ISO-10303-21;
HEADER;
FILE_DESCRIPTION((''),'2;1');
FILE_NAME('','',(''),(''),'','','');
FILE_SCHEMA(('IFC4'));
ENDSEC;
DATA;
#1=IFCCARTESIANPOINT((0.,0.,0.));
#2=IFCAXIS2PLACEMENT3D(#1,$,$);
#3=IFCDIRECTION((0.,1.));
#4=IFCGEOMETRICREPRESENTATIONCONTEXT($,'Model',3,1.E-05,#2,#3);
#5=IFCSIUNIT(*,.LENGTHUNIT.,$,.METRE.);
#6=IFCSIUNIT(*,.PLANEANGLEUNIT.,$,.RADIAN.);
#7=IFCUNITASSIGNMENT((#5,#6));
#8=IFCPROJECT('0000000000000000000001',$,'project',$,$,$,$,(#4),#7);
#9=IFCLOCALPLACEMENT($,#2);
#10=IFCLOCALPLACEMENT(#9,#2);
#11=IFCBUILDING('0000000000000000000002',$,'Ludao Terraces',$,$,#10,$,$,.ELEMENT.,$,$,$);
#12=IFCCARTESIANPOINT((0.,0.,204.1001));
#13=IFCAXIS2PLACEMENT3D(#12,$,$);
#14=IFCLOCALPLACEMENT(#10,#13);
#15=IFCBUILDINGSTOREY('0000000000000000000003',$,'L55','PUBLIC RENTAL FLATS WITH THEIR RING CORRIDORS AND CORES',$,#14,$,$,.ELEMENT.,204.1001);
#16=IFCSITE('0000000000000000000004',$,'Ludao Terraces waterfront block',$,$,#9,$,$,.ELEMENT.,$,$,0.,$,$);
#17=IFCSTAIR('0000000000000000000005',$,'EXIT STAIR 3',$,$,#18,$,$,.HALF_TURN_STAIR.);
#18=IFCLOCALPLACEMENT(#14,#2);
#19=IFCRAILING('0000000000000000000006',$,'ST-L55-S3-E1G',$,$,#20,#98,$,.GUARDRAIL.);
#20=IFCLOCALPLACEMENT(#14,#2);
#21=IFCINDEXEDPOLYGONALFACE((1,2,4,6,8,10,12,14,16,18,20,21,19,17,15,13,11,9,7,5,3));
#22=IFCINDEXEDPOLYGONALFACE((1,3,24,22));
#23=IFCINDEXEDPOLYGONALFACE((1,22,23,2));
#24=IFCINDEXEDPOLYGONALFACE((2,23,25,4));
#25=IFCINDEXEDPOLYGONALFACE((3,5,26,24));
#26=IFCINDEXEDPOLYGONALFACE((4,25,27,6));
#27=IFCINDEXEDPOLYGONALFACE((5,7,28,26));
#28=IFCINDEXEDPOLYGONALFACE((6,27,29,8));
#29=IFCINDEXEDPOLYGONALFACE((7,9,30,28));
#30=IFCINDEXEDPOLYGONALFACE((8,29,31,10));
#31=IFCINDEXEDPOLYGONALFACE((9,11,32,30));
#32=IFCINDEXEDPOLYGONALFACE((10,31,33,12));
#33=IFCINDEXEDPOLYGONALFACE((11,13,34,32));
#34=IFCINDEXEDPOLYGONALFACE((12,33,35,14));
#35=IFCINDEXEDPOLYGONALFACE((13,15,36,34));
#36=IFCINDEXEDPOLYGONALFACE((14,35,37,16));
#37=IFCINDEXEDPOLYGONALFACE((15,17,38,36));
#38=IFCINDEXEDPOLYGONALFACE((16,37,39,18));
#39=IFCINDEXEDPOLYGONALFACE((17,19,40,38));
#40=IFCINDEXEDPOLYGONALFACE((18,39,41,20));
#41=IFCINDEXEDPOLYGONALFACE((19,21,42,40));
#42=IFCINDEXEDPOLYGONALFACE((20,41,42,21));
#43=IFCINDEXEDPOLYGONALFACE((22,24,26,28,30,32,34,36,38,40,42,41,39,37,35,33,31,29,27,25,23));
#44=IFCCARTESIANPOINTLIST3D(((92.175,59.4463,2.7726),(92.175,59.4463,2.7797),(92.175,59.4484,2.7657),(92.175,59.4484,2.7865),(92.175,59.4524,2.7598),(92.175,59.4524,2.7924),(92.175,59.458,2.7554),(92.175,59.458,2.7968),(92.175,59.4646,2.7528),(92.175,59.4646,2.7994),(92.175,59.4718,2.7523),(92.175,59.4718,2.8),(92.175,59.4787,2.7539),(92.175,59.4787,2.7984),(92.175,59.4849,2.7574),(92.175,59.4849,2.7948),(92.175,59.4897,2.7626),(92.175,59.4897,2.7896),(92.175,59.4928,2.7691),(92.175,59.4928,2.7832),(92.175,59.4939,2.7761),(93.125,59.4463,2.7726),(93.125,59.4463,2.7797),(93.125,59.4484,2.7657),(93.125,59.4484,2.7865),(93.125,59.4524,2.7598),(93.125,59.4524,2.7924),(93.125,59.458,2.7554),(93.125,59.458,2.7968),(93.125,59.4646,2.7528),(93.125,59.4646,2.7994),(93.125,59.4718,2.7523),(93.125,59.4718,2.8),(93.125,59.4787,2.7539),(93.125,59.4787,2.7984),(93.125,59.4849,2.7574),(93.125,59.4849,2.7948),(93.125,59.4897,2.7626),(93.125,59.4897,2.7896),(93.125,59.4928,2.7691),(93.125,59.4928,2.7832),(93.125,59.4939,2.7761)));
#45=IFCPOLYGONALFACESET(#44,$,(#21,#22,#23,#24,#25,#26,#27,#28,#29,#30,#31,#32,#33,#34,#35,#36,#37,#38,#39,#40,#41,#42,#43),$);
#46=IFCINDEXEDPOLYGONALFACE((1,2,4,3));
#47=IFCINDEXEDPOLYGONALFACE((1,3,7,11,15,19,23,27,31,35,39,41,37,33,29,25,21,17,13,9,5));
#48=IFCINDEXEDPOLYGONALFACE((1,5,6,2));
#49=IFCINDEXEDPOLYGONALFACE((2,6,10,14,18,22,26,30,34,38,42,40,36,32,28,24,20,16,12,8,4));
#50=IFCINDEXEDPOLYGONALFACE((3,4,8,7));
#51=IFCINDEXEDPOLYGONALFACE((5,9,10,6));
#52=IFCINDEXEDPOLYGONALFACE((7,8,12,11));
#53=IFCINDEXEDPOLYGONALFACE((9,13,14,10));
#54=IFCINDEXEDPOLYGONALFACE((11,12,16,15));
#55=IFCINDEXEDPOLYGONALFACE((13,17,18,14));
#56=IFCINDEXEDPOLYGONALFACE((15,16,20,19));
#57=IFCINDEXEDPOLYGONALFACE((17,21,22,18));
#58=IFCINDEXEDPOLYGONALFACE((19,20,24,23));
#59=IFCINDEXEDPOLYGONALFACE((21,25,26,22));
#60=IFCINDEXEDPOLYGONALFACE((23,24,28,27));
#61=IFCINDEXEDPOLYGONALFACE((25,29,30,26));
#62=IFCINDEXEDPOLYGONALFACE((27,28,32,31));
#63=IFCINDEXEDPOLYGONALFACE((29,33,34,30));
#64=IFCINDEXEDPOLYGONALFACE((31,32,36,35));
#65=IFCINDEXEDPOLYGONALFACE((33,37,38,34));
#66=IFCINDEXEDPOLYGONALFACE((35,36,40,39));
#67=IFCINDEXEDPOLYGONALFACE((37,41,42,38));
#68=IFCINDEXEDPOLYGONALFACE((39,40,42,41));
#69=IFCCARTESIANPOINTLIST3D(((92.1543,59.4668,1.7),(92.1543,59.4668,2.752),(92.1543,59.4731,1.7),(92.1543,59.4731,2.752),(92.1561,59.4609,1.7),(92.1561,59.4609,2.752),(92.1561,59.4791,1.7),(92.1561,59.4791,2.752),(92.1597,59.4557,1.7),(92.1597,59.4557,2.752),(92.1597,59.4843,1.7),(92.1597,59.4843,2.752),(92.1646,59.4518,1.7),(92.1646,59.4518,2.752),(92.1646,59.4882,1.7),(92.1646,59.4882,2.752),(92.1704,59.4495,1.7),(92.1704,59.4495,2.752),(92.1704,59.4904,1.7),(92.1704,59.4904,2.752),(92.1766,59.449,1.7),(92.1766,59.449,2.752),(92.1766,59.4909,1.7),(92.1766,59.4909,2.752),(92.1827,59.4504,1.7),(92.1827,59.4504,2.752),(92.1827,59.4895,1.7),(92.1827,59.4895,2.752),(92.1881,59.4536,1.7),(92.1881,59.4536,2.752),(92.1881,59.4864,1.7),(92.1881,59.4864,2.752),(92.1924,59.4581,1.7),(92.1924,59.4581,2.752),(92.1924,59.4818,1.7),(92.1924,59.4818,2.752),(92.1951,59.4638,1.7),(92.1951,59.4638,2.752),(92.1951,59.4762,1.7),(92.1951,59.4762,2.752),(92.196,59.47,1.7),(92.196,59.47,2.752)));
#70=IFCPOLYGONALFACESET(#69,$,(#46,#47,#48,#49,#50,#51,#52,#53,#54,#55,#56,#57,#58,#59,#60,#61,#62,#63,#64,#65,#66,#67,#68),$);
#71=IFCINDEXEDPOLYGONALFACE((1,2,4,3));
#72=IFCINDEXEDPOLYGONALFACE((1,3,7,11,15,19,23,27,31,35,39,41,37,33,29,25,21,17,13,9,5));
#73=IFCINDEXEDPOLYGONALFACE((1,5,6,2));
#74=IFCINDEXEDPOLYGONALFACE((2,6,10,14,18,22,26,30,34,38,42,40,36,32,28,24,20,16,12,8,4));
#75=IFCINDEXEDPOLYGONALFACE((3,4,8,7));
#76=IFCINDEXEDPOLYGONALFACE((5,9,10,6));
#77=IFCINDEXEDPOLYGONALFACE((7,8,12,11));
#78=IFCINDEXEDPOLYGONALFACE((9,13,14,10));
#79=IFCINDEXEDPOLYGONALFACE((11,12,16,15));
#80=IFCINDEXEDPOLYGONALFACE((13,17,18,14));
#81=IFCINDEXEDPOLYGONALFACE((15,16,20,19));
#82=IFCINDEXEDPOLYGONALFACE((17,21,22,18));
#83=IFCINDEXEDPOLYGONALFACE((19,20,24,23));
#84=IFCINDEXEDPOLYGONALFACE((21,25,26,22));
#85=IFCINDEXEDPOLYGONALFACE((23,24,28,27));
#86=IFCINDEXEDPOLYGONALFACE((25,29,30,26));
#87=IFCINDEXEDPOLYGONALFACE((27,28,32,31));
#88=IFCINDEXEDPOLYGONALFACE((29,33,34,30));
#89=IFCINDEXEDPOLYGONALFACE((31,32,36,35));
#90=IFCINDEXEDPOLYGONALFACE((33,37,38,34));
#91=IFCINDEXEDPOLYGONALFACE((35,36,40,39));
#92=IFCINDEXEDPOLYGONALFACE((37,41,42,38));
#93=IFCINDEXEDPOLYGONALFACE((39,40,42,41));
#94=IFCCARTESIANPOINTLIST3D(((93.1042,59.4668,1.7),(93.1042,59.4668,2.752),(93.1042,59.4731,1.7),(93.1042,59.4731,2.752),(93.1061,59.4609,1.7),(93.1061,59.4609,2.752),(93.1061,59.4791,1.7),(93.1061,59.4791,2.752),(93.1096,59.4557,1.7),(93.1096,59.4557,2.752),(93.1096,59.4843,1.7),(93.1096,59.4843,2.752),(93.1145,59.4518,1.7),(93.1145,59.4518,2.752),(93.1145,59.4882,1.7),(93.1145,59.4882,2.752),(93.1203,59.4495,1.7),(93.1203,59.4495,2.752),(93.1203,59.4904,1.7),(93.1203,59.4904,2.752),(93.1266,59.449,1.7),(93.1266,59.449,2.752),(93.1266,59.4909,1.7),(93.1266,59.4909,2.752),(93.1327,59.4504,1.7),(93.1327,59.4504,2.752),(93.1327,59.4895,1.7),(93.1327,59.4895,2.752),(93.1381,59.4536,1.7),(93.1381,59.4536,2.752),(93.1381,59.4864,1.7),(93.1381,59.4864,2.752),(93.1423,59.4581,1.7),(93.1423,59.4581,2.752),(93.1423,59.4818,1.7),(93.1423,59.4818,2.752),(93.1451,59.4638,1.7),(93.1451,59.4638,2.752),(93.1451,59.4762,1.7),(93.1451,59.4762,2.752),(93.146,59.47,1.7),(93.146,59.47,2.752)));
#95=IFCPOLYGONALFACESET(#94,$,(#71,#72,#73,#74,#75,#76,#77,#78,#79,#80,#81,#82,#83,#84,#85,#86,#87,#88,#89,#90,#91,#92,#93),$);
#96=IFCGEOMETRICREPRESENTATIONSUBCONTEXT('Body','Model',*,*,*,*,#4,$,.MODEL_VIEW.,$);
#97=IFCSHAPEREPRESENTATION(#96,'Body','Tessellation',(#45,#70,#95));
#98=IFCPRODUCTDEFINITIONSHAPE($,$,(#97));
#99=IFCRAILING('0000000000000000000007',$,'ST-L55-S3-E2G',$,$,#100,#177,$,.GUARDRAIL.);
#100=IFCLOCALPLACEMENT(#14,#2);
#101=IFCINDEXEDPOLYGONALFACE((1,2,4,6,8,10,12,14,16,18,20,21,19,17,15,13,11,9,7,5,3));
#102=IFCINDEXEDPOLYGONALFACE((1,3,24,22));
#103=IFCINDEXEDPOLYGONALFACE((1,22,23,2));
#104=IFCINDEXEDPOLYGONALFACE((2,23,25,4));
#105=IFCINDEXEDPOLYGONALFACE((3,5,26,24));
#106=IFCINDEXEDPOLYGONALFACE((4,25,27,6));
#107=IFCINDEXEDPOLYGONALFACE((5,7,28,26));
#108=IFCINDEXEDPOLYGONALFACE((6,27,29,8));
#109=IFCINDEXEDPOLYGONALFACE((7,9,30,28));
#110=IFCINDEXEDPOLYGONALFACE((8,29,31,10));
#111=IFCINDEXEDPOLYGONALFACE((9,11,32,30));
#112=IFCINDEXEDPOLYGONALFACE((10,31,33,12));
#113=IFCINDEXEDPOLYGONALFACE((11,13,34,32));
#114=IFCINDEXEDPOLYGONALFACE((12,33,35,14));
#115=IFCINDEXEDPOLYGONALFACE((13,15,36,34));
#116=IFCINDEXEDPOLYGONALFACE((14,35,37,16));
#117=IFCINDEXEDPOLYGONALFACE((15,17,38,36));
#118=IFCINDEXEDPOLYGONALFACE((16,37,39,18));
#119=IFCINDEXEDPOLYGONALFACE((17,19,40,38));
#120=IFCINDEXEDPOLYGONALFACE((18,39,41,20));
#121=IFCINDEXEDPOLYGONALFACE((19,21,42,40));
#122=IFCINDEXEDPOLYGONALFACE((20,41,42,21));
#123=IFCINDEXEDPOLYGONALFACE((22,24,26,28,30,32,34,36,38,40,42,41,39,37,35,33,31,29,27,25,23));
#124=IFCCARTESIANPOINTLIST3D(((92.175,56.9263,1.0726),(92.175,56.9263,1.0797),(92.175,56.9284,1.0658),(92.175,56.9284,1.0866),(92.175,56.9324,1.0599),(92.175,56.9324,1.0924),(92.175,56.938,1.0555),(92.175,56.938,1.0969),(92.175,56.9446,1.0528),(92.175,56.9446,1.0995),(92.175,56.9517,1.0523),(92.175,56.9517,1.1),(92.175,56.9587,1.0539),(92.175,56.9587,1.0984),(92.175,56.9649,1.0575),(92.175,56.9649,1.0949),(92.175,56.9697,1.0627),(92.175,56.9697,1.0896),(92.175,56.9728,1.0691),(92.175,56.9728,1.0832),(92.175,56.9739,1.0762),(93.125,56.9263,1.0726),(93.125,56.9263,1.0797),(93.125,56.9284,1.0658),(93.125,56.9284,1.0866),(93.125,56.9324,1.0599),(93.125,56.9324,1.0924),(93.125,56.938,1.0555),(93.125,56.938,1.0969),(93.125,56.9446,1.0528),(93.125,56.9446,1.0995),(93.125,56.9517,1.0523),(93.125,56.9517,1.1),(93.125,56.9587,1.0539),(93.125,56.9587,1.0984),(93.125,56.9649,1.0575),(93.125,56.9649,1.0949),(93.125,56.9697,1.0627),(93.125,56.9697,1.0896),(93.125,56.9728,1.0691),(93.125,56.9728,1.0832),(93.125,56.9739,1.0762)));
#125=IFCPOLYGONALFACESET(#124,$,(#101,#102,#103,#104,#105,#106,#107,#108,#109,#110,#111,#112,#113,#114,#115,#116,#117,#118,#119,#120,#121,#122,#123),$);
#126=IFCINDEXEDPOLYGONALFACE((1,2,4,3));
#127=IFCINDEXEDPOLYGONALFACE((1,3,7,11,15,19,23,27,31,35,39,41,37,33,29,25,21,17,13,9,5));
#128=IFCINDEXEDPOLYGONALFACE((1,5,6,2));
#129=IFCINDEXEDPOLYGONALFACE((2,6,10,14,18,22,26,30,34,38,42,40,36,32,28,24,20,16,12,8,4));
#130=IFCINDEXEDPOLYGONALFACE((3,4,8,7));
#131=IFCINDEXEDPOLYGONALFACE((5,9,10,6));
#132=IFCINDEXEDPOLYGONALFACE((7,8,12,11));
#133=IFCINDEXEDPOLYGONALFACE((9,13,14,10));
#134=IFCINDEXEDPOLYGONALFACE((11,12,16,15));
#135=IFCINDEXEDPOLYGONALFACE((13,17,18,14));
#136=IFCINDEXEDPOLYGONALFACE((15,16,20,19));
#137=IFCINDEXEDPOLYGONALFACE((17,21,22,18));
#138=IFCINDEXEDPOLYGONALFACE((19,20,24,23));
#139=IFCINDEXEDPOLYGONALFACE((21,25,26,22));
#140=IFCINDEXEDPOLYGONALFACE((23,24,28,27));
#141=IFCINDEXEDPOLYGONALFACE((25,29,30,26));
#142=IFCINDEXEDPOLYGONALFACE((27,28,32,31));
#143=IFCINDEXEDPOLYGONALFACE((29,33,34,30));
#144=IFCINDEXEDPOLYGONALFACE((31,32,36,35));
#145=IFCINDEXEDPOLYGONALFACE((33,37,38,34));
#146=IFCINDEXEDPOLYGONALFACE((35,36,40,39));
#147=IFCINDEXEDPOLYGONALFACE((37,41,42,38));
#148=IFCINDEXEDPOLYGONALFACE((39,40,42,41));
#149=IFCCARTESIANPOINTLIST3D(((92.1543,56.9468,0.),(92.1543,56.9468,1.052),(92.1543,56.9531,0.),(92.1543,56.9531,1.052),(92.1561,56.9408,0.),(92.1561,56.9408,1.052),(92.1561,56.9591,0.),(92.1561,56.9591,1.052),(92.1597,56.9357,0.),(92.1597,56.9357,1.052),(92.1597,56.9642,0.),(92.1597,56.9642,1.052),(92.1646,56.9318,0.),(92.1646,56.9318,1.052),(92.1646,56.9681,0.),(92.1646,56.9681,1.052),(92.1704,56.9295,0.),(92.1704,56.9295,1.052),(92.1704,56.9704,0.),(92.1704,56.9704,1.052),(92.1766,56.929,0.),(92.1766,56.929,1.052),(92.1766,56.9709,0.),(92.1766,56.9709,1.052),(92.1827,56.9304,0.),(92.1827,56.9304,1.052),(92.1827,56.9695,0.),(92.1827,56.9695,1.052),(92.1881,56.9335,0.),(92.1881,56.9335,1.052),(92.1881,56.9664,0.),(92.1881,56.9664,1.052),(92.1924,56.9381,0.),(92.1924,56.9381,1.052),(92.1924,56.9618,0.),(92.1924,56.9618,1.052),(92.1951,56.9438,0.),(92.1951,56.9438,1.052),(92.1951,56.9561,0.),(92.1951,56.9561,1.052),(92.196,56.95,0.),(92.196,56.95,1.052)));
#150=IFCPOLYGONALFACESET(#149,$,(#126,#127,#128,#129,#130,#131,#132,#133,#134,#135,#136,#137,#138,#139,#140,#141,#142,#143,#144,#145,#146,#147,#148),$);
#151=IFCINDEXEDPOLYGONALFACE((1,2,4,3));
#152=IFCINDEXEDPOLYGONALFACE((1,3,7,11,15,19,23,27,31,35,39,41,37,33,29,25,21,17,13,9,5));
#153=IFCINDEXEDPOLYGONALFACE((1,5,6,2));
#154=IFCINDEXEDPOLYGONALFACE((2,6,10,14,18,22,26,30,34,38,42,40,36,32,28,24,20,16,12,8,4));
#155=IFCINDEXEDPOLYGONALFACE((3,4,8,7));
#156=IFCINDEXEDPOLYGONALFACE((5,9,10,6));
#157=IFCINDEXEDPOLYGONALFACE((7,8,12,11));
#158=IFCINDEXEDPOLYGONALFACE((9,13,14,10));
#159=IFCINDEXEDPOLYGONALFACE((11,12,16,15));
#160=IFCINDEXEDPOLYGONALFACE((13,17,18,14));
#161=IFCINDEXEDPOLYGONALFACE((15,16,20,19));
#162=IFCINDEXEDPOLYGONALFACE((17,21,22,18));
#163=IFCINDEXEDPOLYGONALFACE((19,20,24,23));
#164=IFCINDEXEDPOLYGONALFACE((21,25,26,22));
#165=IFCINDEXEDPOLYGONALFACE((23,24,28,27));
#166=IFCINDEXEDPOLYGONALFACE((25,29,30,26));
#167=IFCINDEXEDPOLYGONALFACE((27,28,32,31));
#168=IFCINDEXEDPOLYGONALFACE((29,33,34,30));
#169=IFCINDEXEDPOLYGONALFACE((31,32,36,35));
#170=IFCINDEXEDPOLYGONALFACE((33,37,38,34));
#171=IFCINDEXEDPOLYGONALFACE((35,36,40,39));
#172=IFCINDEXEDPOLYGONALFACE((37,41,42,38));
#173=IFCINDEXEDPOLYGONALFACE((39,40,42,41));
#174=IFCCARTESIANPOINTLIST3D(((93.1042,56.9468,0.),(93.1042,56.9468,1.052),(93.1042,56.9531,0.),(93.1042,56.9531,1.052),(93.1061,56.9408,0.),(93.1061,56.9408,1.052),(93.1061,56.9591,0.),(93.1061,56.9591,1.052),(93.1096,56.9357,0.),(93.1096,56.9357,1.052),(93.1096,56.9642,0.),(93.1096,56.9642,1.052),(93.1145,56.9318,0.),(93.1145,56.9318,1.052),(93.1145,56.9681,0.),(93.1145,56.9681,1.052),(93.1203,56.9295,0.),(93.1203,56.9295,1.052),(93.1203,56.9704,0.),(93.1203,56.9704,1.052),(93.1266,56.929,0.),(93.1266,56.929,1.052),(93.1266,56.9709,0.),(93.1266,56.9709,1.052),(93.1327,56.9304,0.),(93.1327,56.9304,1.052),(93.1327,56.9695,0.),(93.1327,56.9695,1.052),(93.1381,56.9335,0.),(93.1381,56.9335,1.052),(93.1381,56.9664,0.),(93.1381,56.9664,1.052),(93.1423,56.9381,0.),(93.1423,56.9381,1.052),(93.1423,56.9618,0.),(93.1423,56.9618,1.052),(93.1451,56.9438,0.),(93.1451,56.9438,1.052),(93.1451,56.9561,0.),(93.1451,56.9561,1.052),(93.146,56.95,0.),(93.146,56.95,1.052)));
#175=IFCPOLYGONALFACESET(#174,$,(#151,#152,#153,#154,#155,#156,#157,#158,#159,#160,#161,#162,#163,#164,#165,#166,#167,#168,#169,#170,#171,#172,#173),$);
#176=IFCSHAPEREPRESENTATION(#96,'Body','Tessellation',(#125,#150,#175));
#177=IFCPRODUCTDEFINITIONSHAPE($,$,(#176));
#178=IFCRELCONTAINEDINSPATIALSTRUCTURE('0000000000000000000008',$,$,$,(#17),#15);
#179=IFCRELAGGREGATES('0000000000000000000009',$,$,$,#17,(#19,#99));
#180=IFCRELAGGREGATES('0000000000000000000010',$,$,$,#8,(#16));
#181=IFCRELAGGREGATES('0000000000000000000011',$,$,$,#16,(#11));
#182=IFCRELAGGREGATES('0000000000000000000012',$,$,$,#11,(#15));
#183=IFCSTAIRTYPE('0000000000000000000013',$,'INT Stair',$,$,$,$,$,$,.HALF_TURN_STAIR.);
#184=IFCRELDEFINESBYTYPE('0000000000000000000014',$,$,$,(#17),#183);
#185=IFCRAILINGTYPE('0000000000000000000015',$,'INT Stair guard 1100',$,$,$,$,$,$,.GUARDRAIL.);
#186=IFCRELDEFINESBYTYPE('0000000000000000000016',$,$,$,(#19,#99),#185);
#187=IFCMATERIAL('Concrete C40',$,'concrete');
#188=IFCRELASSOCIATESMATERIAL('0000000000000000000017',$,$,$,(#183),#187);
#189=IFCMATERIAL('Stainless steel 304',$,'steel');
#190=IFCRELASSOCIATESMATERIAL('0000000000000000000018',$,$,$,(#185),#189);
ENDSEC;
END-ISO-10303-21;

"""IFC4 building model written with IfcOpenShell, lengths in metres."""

from ifc_helpers import new_model, si_unit, direction, frame, origin, origin_2d, place, context, subcontext, project, spatial, circle, extrude, material, type_object, element, aggregate, save


model = new_model("IFC4")

# Units and contexts
model_context = context("Model", 3, precision=1e-05, world=origin(), true_north=direction((0.0, 1.0)))
body_context = subcontext(model_context, "Body", "Model", "MODEL_VIEW")
ifc_project = project(units=[si_unit("LENGTHUNIT", "METRE"), si_unit("PLANEANGLEUNIT", "RADIAN")], contexts=[model_context])

# Site, building, storey
site_placement = place(None, origin())
site = spatial("IfcSite", under=ifc_project, at=site_placement, Name="Ludao Terraces waterfront block", CompositionType="ELEMENT", RefElevation=0.0)
building_placement = place(site_placement, origin())
building = spatial("IfcBuilding", under=site, at=building_placement, Name="Ludao Terraces", CompositionType="ELEMENT")
storey_placement = place(building_placement, frame((0.0, 0.0, 204.1001)))
storey = spatial("IfcBuildingStorey", under=building, at=storey_placement, Name="L55", Description="PUBLIC RENTAL FLATS WITH THEIR RING CORRIDORS AND CORES", CompositionType="ELEMENT", Elevation=204.1001)

# Shared definitions
ifc_material_1 = material(Name="Concrete C40", Category="concrete")

# Stair, railings
stair_type = type_object("IfcStairType", Name="INT Stair", PredefinedType="HALF_TURN_STAIR", material=ifc_material_1)
stair_placement = place(storey_placement, origin())
stair = element("IfcStair", 1, at=stair_placement, inside=storey, type_object=stair_type, Name="EXIT STAIR 3", PredefinedType="HALF_TURN_STAIR")
ifc_material_2 = material(Name="Stainless steel 304", Category="steel")
railing_type_1 = type_object("IfcRailingType", Name="INT Stair guard 1100", PredefinedType="GUARDRAIL", material=ifc_material_2)
railing_1_placement = place(storey_placement, frame((92.175, 59.47, 1.7)))
railing_1 = element("IfcRailing", 2, at=railing_1_placement, type_object=railing_type_1, Name="ST-L55-S3-E1G", PredefinedType="GUARDRAIL", context=body_context, shape_type="SweptSolid", body=[
    extrude(circle(Radius=0.0239, at=origin_2d()), frame((0.0, 0.0, 1.0762), z_axis=(1.0, 0.0, 0.0), x_axis=(0.0, 1.0, 0.0)), (0.0, 0.0, 1.0), 0.95),
    extrude(circle(Radius=0.021, at=origin_2d()), origin(), (0.0, 0.0, 1.0), 1.052),
    extrude(circle(Radius=0.021, at=origin_2d()), frame((0.95, 0.0, 0.0)), (0.0, 0.0, 1.0), 1.052),
])
railing_2_placement = place(storey_placement, frame((92.175, 56.95, 0.0)))
railing_2 = element("IfcRailing", 3, at=railing_2_placement, type_object=railing_type_1, Name="ST-L55-S3-E2G", PredefinedType="GUARDRAIL", context=body_context, shape_type="SweptSolid", body=[
    extrude(circle(Radius=0.0239, at=origin_2d()), frame((0.0, 0.0, 1.0762), z_axis=(1.0, 0.0, 0.0), x_axis=(0.0, 1.0, 0.0)), (0.0, 0.0, 1.0), 0.95),
    extrude(circle(Radius=0.021, at=origin_2d()), origin(), (0.0, 0.0, 1.0), 1.052),
    extrude(circle(Radius=0.021, at=origin_2d()), frame((0.95, 0.0, 0.0)), (0.0, 0.0, 1.0), 1.052),
])
aggregate(stair, [railing_1, railing_2])

save(model, "model.ifc")
